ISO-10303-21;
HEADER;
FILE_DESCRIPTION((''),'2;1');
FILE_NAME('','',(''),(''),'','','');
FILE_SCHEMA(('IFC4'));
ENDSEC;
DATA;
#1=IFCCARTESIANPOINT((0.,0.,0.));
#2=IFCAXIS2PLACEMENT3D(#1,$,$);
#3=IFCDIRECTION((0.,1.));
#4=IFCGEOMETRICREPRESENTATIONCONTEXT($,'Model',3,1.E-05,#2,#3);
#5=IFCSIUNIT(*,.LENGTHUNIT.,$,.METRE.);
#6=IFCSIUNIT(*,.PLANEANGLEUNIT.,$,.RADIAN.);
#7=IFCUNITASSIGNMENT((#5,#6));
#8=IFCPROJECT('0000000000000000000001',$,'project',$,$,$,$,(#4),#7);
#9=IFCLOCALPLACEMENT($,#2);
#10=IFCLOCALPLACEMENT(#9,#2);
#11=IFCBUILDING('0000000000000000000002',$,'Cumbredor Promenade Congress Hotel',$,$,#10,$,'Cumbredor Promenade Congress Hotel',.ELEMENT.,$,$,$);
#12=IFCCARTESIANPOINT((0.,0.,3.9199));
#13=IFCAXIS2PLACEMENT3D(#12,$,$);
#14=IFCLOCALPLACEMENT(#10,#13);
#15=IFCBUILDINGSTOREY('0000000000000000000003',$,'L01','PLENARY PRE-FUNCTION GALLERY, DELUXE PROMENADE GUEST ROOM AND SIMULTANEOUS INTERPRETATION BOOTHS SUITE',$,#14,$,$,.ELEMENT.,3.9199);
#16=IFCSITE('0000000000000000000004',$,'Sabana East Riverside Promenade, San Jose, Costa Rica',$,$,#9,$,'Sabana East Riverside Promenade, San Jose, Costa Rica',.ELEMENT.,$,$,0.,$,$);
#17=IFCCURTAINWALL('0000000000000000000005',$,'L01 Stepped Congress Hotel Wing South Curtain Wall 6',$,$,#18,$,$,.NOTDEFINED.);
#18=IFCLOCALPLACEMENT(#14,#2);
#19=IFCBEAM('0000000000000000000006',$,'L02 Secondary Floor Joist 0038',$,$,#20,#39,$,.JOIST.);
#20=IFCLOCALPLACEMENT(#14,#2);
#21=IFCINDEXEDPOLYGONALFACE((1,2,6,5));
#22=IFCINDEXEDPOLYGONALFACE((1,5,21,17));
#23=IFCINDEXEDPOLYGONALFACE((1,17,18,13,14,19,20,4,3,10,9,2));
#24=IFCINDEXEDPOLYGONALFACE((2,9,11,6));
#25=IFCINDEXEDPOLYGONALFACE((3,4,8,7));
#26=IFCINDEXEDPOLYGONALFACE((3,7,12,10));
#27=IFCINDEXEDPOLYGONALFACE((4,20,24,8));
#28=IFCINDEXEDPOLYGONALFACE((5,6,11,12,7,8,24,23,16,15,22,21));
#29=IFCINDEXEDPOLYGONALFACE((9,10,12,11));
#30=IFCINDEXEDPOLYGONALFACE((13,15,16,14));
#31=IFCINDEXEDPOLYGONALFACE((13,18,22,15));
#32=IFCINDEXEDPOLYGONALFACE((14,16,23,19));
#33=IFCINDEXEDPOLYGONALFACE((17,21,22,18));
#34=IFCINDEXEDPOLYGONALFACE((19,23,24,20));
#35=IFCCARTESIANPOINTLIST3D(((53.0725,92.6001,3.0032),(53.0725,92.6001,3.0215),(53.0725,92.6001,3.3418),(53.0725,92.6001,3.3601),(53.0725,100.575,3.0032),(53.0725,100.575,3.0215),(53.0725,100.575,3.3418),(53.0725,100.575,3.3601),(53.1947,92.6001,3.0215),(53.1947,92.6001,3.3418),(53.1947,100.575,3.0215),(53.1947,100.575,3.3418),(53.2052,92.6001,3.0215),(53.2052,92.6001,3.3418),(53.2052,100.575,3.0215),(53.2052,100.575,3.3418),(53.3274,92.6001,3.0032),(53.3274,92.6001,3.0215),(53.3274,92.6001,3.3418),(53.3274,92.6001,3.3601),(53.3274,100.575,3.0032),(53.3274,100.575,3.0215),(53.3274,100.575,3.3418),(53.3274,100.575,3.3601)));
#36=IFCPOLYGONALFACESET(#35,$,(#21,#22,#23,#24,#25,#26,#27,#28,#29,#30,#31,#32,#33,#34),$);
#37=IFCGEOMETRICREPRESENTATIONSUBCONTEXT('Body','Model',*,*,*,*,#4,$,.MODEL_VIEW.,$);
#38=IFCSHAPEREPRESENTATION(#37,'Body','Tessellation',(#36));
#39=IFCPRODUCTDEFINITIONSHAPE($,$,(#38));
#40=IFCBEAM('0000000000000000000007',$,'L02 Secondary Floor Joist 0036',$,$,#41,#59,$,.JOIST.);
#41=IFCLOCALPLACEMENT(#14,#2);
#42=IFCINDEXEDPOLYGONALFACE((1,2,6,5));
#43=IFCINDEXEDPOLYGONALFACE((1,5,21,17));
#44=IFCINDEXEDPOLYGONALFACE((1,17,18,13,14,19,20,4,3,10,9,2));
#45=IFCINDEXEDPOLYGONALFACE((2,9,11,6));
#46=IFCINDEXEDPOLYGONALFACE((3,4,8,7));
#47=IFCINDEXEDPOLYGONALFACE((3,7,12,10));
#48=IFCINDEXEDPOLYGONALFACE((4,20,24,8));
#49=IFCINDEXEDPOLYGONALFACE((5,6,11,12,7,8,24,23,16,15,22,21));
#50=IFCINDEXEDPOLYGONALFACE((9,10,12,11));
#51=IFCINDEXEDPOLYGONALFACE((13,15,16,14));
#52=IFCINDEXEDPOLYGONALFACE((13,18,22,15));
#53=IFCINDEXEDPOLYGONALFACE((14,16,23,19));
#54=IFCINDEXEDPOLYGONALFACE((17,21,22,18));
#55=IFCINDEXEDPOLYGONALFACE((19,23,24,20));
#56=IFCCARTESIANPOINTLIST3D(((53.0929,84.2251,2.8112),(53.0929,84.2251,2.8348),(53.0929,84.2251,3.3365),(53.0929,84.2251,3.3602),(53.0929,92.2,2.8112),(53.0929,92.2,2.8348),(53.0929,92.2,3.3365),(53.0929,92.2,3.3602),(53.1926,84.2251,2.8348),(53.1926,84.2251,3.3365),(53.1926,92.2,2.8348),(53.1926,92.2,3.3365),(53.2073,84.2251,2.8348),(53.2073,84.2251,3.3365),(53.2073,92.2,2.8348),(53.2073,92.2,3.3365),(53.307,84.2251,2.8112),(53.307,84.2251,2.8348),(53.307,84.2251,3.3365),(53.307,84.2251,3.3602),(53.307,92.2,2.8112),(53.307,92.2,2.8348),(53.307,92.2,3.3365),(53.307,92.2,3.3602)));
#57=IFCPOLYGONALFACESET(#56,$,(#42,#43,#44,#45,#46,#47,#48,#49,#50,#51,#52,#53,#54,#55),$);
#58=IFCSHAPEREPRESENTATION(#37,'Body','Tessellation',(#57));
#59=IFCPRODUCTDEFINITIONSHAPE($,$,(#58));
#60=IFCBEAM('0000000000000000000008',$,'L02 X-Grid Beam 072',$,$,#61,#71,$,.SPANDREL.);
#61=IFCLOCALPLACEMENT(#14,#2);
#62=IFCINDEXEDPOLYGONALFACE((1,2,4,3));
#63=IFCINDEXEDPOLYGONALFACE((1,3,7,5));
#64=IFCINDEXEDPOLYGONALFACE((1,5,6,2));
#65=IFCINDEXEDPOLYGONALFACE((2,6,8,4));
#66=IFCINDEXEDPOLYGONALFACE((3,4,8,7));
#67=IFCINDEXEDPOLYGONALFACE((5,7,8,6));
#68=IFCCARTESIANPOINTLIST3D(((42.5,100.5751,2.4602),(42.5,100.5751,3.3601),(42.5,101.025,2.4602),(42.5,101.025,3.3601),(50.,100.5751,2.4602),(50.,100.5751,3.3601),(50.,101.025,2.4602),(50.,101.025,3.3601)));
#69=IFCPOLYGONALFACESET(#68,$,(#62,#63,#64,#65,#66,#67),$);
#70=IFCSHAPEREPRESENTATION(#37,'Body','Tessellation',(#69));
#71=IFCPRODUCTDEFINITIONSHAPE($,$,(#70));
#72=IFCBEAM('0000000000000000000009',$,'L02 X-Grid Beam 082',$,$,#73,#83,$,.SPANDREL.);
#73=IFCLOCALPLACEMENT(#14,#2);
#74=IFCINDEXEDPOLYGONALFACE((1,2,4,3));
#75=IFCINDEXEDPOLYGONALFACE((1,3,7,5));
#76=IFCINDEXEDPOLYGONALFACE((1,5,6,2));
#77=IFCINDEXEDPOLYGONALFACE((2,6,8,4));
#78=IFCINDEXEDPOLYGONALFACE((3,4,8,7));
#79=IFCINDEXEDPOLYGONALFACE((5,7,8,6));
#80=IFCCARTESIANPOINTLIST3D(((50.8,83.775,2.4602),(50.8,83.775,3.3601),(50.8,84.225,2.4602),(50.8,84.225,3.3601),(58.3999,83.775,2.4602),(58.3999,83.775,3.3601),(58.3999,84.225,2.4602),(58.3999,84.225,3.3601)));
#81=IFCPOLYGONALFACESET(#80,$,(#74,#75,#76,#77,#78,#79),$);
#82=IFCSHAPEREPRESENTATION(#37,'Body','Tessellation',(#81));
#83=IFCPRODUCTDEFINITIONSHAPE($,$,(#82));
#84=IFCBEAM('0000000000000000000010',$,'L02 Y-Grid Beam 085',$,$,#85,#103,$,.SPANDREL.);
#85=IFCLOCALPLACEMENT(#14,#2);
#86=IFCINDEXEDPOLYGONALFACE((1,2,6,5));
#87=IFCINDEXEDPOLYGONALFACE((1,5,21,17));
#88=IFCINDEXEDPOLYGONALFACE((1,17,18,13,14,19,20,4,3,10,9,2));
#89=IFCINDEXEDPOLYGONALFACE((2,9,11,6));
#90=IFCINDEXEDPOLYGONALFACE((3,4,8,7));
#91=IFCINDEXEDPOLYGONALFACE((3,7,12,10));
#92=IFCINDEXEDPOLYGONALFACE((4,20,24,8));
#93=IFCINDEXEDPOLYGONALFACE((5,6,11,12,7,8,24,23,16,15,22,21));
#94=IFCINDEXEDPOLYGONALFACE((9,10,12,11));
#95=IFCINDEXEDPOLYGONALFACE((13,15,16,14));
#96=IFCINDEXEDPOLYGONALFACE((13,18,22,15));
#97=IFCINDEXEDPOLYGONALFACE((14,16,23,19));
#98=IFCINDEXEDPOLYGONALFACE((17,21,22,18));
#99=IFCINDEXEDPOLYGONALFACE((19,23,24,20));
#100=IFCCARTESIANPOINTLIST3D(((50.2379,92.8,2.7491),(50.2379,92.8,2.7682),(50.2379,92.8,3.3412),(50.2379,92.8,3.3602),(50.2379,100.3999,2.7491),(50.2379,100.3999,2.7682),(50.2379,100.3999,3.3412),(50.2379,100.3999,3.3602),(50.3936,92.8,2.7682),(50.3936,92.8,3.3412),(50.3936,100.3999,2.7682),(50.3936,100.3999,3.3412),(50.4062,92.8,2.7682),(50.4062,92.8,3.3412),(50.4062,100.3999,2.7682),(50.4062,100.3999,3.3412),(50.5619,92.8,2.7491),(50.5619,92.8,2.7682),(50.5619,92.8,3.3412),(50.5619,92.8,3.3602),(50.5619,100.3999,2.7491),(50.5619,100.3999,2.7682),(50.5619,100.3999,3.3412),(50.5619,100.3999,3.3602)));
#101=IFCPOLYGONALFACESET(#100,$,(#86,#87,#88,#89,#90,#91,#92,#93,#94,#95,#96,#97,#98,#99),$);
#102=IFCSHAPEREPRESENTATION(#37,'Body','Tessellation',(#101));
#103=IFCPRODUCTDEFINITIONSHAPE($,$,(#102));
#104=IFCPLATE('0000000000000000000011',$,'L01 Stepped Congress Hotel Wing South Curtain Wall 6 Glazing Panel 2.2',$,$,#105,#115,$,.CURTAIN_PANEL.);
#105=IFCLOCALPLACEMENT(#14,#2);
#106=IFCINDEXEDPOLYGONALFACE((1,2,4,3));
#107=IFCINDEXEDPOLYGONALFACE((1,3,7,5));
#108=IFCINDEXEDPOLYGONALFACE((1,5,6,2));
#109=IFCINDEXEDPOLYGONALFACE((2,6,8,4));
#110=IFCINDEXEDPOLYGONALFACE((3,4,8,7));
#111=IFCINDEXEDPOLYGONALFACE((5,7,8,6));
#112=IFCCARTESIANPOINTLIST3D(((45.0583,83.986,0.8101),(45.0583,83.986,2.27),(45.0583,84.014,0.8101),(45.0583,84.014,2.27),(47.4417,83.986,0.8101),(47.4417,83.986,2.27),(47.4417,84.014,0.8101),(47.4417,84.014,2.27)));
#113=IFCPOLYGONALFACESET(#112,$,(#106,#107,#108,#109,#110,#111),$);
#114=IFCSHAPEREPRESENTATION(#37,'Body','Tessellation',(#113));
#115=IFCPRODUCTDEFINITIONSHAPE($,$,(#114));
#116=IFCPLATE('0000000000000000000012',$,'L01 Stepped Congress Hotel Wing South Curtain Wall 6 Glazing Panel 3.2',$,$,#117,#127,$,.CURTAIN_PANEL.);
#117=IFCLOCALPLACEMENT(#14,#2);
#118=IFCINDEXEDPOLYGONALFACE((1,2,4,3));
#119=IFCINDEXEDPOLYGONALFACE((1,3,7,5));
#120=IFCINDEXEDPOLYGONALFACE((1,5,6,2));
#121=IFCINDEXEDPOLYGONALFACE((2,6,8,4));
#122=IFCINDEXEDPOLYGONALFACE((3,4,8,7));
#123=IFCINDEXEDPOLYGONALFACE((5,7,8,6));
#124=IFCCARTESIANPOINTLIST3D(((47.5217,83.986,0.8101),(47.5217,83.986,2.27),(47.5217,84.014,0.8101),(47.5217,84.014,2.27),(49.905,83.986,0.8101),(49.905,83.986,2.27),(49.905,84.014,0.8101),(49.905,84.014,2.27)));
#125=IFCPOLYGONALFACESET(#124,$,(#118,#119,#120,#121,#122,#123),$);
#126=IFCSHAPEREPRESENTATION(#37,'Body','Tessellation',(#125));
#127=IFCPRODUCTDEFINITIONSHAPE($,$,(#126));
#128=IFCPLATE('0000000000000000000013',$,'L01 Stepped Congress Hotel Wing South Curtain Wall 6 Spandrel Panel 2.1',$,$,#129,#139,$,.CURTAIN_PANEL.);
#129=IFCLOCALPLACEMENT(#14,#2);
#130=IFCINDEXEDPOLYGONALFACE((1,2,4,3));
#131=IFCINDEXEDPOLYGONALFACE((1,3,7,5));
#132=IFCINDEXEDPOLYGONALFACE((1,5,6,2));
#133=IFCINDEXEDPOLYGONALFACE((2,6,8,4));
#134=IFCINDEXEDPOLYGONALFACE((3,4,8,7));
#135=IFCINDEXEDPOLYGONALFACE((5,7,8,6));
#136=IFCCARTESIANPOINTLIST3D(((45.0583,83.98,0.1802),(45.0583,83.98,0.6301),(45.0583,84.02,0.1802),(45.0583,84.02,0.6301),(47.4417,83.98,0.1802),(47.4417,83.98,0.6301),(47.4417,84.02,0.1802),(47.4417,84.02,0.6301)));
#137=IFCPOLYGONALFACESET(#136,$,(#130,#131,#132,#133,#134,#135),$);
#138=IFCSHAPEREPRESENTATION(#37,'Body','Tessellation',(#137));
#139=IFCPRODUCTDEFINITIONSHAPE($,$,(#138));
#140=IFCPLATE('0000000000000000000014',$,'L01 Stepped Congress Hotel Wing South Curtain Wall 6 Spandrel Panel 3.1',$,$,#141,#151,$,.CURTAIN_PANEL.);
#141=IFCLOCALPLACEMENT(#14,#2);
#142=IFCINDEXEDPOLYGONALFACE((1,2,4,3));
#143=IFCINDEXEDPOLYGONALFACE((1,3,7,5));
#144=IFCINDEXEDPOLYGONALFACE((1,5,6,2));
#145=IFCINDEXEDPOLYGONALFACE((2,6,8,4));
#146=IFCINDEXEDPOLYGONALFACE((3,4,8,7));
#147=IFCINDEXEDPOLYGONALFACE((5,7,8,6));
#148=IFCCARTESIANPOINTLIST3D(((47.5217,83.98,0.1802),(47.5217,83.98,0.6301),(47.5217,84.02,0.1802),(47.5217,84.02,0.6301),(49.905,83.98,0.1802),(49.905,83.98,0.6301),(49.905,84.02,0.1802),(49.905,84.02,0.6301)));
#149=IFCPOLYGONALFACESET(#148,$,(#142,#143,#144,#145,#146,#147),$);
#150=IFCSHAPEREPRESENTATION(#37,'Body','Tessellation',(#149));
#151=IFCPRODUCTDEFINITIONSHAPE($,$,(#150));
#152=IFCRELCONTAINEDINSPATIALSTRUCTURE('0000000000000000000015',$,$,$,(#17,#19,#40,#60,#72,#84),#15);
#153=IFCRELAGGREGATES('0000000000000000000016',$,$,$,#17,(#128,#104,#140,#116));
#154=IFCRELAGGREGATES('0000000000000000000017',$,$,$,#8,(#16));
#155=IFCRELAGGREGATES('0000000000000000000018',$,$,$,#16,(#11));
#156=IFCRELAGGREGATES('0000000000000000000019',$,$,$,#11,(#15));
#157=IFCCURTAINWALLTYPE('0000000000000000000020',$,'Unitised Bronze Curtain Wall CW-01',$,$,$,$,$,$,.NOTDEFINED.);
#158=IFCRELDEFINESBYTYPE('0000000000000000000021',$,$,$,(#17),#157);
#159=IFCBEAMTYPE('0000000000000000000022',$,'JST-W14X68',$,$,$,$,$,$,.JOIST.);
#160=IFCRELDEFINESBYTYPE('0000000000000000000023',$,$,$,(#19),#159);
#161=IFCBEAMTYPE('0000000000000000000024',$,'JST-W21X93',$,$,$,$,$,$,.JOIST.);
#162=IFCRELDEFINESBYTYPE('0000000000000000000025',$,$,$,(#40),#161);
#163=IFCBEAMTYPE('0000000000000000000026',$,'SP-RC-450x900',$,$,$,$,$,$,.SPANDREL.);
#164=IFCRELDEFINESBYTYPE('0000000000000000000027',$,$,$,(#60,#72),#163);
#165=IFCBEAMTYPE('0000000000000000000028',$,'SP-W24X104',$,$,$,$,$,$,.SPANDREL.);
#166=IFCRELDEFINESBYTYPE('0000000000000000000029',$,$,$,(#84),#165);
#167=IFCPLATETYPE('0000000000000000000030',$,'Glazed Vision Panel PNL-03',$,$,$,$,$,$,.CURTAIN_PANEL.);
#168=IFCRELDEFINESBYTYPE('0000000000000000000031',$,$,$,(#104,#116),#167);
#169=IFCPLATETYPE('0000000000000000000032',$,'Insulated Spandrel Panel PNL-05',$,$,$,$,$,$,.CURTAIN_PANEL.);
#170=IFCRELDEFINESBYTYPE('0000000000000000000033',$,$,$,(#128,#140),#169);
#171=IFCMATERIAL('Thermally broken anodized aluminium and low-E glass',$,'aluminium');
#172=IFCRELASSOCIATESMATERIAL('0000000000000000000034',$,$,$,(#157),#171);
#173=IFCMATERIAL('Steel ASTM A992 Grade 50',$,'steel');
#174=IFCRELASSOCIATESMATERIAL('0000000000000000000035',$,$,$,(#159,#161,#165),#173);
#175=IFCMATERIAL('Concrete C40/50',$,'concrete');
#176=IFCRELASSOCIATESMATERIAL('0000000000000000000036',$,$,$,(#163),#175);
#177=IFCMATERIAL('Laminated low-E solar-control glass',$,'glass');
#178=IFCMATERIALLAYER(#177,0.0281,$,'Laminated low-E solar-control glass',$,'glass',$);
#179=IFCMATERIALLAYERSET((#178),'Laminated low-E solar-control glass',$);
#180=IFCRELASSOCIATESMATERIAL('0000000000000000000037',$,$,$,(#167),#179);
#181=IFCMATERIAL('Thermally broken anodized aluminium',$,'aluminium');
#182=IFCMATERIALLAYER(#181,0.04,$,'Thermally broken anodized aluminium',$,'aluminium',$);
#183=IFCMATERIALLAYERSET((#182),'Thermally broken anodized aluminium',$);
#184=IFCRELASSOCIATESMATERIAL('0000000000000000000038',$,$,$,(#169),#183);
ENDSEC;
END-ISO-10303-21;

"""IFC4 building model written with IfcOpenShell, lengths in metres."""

from ifc_helpers import new_model, si_unit, direction, frame, origin, origin_2d, place, context, subcontext, project, spatial, rectangle, i_section, extrude, material, layer, layer_set, material_profile, profile_set, type_object, element, aggregate, save


model = new_model("IFC4")

# Units and contexts
model_context = context("Model", 3, precision=1e-05, world=origin(), true_north=direction((0.0, 1.0)))
body_context = subcontext(model_context, "Body", "Model", "MODEL_VIEW")
ifc_project = project(units=[si_unit("LENGTHUNIT", "METRE"), si_unit("PLANEANGLEUNIT", "RADIAN")], contexts=[model_context])

# Site, building, storey
site_placement = place(None, origin())
site = spatial("IfcSite", under=ifc_project, at=site_placement, Name="Sabana East Riverside Promenade, San Jose, Costa Rica", LongName="Sabana East Riverside Promenade, San Jose, Costa Rica", CompositionType="ELEMENT", RefElevation=0.0)
building_placement = place(site_placement, origin())
building = spatial("IfcBuilding", under=site, at=building_placement, Name="Cumbredor Promenade Congress Hotel", LongName="Cumbredor Promenade Congress Hotel", CompositionType="ELEMENT")
storey_placement = place(building_placement, frame((0.0, 0.0, 3.9199)))
storey = spatial("IfcBuildingStorey", under=building, at=storey_placement, Name="L01", Description="PLENARY PRE-FUNCTION GALLERY, DELUXE PROMENADE GUEST ROOM AND SIMULTANEOUS INTERPRETATION BOOTHS SUITE", CompositionType="ELEMENT", Elevation=3.9199)

# Shared definitions
ifc_material_1 = material(Name="Concrete C40/50", Category="concrete")
ifc_material_2 = material(Name="Steel ASTM A992 Grade 50", Category="steel")

# Curtain wall
ifc_material_3 = material(Name="Thermally broken anodized aluminium and low-E glass", Category="aluminium")
curtain_wall_type = type_object("IfcCurtainWallType", Name="Unitised Bronze Curtain Wall CW-01", PredefinedType="NOTDEFINED", material=ifc_material_3)
curtain_wall_placement = place(storey_placement, origin())
curtain_wall = element("IfcCurtainWall", 1, at=curtain_wall_placement, inside=storey, type_object=curtain_wall_type, Name="L01 Stepped Congress Hotel Wing South Curtain Wall 6", PredefinedType="NOTDEFINED")
ifc_material_4 = material(Name="Thermally broken anodized aluminium", Category="aluminium")

# Beams
ifc_material_profile_1 = material_profile(ifc_material_2, i_section(OverallWidth=0.2549, OverallDepth=0.3569, WebThickness=0.0105, FlangeThickness=0.0183, at=origin_2d()), Name="W14X68")
ifc_profile_set_1 = profile_set([ifc_material_profile_1], Name="Steel ASTM A992 Grade 50")
beam_type_1 = type_object("IfcBeamType", Name="JST-W14X68", PredefinedType="JOIST", material=ifc_profile_set_1)
beam_1_placement = place(storey_placement, frame((53.2, 92.6001, 3.1816), z_axis=(0.0, 1.0, 0.0), x_axis=(-1.0, 0.0, 0.0)))
element("IfcBeam", 2, at=beam_1_placement, inside=storey, type_object=beam_type_1, Name="L02 Secondary Floor Joist 0038", PredefinedType="JOIST", context=body_context, shape_type="SweptSolid", body=[
    extrude(i_section(OverallWidth=0.2549, OverallDepth=0.3569, WebThickness=0.0105, FlangeThickness=0.0183, at=origin_2d()), origin(), (0.0, 0.0, 1.0), 7.9749),
])
ifc_material_profile_2 = material_profile(ifc_material_2, i_section(OverallWidth=0.2141, OverallDepth=0.5491, WebThickness=0.0146, FlangeThickness=0.0237, at=origin_2d()), Name="W21X93")
ifc_profile_set_2 = profile_set([ifc_material_profile_2], Name="Steel ASTM A992 Grade 50")
beam_type_2 = type_object("IfcBeamType", Name="JST-W21X93", PredefinedType="JOIST", material=ifc_profile_set_2)
beam_2_placement = place(storey_placement, frame((53.2, 84.2251, 3.0857), z_axis=(0.0, 1.0, 0.0), x_axis=(-1.0, 0.0, 0.0)))
element("IfcBeam", 3, at=beam_2_placement, inside=storey, type_object=beam_type_2, Name="L02 Secondary Floor Joist 0036", PredefinedType="JOIST", context=body_context, shape_type="SweptSolid", body=[
    extrude(i_section(OverallWidth=0.2141, OverallDepth=0.5491, WebThickness=0.0146, FlangeThickness=0.0237, at=origin_2d()), origin(), (0.0, 0.0, 1.0), 7.9749),
])
ifc_material_profile_3 = material_profile(ifc_material_1, rectangle(XDim=0.45, YDim=0.8999, at=origin_2d()), Name="RC SPANDREL 450x900")
ifc_profile_set_3 = profile_set([ifc_material_profile_3], Name="Concrete C40/50")
beam_type_3 = type_object("IfcBeamType", Name="SP-RC-450x900", PredefinedType="SPANDREL", material=ifc_profile_set_3)
beam_3_placement = place(storey_placement, frame((42.5, 100.8, 2.9102), z_axis=(1.0, 0.0, 0.0), x_axis=(0.0, 1.0, 0.0)))
element("IfcBeam", 4, at=beam_3_placement, inside=storey, type_object=beam_type_3, Name="L02 X-Grid Beam 072", PredefinedType="SPANDREL", context=body_context, shape_type="SweptSolid", body=[
    extrude(rectangle(XDim=0.45, YDim=0.8999, at=origin_2d()), origin(), (0.0, 0.0, 1.0), 7.5),
])
beam_4_placement = place(storey_placement, frame((50.8, 84.0, 2.9102), z_axis=(1.0, 0.0, 0.0), x_axis=(0.0, 1.0, 0.0)))
element("IfcBeam", 5, at=beam_4_placement, inside=storey, type_object=beam_type_3, Name="L02 X-Grid Beam 082", PredefinedType="SPANDREL", context=body_context, shape_type="SweptSolid", body=[
    extrude(rectangle(XDim=0.45, YDim=0.8999, at=origin_2d()), origin(), (0.0, 0.0, 1.0), 7.5999),
])
ifc_material_profile_4 = material_profile(ifc_material_2, i_section(OverallWidth=0.324, OverallDepth=0.6111, WebThickness=0.0127, FlangeThickness=0.019, at=origin_2d()), Name="W24X104")
ifc_profile_set_4 = profile_set([ifc_material_profile_4], Name="Steel ASTM A992 Grade 50")
beam_type_4 = type_object("IfcBeamType", Name="SP-W24X104", PredefinedType="SPANDREL", material=ifc_profile_set_4)
beam_5_placement = place(storey_placement, frame((50.3999, 92.8, 3.0547), z_axis=(0.0, 1.0, 0.0), x_axis=(-1.0, 0.0, 0.0)))
element("IfcBeam", 6, at=beam_5_placement, inside=storey, type_object=beam_type_4, Name="L02 Y-Grid Beam 085", PredefinedType="SPANDREL", context=body_context, shape_type="SweptSolid", body=[
    extrude(i_section(OverallWidth=0.324, OverallDepth=0.6111, WebThickness=0.0127, FlangeThickness=0.019, at=origin_2d()), origin(), (0.0, 0.0, 1.0), 7.5999),
])

# Plates
ifc_material_5 = material(Name="Laminated low-E solar-control glass", Category="glass")
ifc_layer_1 = layer(ifc_material_5, 0.0281, Name="Laminated low-E solar-control glass", Category="glass")
ifc_layer_set_1 = layer_set([ifc_layer_1], Name="Laminated low-E solar-control glass")
plate_type_1 = type_object("IfcPlateType", Name="Glazed Vision Panel PNL-03", PredefinedType="CURTAIN_PANEL", material=ifc_layer_set_1)
plate_1_placement = place(storey_placement, frame((46.25, 84.0, 0.8101), z_axis=(0.0, 0.0, 1.0), x_axis=(1.0, 0.0, 0.0)))
plate_1 = element("IfcPlate", 7, at=plate_1_placement, type_object=plate_type_1, Name="L01 Stepped Congress Hotel Wing South Curtain Wall 6 Glazing Panel 2.2", PredefinedType="CURTAIN_PANEL", context=body_context, shape_type="SweptSolid", body=[
    extrude(rectangle(XDim=2.3833, YDim=0.0281, at=origin_2d()), origin(), (0.0, 0.0, 1.0), 1.46),
])
plate_2_placement = place(storey_placement, frame((48.7134, 84.0, 0.8101), z_axis=(0.0, 0.0, 1.0), x_axis=(1.0, 0.0, 0.0)))
plate_2 = element("IfcPlate", 8, at=plate_2_placement, type_object=plate_type_1, Name="L01 Stepped Congress Hotel Wing South Curtain Wall 6 Glazing Panel 3.2", PredefinedType="CURTAIN_PANEL", context=body_context, shape_type="SweptSolid", body=[
    extrude(rectangle(XDim=2.3833, YDim=0.0281, at=origin_2d()), origin(), (0.0, 0.0, 1.0), 1.46),
])
ifc_layer_2 = layer(ifc_material_4, 0.04, Name="Thermally broken anodized aluminium", Category="aluminium")
ifc_layer_set_2 = layer_set([ifc_layer_2], Name="Thermally broken anodized aluminium")
plate_type_2 = type_object("IfcPlateType", Name="Insulated Spandrel Panel PNL-05", PredefinedType="CURTAIN_PANEL", material=ifc_layer_set_2)
plate_3_placement = place(storey_placement, frame((46.25, 84.0, 0.1802), z_axis=(0.0, 0.0, 1.0), x_axis=(1.0, 0.0, 0.0)))
plate_3 = element("IfcPlate", 9, at=plate_3_placement, type_object=plate_type_2, Name="L01 Stepped Congress Hotel Wing South Curtain Wall 6 Spandrel Panel 2.1", PredefinedType="CURTAIN_PANEL", context=body_context, shape_type="SweptSolid", body=[
    extrude(rectangle(XDim=2.3833, YDim=0.04, at=origin_2d()), origin(), (0.0, 0.0, 1.0), 0.45),
])
plate_4_placement = place(storey_placement, frame((48.7134, 84.0, 0.1802), z_axis=(0.0, 0.0, 1.0), x_axis=(1.0, 0.0, 0.0)))
plate_4 = element("IfcPlate", 10, at=plate_4_placement, type_object=plate_type_2, Name="L01 Stepped Congress Hotel Wing South Curtain Wall 6 Spandrel Panel 3.1", PredefinedType="CURTAIN_PANEL", context=body_context, shape_type="SweptSolid", body=[
    extrude(rectangle(XDim=2.3833, YDim=0.04, at=origin_2d()), origin(), (0.0, 0.0, 1.0), 0.45),
])
aggregate(curtain_wall, [plate_3, plate_1, plate_4, plate_2])

save(model, "model.ifc")
